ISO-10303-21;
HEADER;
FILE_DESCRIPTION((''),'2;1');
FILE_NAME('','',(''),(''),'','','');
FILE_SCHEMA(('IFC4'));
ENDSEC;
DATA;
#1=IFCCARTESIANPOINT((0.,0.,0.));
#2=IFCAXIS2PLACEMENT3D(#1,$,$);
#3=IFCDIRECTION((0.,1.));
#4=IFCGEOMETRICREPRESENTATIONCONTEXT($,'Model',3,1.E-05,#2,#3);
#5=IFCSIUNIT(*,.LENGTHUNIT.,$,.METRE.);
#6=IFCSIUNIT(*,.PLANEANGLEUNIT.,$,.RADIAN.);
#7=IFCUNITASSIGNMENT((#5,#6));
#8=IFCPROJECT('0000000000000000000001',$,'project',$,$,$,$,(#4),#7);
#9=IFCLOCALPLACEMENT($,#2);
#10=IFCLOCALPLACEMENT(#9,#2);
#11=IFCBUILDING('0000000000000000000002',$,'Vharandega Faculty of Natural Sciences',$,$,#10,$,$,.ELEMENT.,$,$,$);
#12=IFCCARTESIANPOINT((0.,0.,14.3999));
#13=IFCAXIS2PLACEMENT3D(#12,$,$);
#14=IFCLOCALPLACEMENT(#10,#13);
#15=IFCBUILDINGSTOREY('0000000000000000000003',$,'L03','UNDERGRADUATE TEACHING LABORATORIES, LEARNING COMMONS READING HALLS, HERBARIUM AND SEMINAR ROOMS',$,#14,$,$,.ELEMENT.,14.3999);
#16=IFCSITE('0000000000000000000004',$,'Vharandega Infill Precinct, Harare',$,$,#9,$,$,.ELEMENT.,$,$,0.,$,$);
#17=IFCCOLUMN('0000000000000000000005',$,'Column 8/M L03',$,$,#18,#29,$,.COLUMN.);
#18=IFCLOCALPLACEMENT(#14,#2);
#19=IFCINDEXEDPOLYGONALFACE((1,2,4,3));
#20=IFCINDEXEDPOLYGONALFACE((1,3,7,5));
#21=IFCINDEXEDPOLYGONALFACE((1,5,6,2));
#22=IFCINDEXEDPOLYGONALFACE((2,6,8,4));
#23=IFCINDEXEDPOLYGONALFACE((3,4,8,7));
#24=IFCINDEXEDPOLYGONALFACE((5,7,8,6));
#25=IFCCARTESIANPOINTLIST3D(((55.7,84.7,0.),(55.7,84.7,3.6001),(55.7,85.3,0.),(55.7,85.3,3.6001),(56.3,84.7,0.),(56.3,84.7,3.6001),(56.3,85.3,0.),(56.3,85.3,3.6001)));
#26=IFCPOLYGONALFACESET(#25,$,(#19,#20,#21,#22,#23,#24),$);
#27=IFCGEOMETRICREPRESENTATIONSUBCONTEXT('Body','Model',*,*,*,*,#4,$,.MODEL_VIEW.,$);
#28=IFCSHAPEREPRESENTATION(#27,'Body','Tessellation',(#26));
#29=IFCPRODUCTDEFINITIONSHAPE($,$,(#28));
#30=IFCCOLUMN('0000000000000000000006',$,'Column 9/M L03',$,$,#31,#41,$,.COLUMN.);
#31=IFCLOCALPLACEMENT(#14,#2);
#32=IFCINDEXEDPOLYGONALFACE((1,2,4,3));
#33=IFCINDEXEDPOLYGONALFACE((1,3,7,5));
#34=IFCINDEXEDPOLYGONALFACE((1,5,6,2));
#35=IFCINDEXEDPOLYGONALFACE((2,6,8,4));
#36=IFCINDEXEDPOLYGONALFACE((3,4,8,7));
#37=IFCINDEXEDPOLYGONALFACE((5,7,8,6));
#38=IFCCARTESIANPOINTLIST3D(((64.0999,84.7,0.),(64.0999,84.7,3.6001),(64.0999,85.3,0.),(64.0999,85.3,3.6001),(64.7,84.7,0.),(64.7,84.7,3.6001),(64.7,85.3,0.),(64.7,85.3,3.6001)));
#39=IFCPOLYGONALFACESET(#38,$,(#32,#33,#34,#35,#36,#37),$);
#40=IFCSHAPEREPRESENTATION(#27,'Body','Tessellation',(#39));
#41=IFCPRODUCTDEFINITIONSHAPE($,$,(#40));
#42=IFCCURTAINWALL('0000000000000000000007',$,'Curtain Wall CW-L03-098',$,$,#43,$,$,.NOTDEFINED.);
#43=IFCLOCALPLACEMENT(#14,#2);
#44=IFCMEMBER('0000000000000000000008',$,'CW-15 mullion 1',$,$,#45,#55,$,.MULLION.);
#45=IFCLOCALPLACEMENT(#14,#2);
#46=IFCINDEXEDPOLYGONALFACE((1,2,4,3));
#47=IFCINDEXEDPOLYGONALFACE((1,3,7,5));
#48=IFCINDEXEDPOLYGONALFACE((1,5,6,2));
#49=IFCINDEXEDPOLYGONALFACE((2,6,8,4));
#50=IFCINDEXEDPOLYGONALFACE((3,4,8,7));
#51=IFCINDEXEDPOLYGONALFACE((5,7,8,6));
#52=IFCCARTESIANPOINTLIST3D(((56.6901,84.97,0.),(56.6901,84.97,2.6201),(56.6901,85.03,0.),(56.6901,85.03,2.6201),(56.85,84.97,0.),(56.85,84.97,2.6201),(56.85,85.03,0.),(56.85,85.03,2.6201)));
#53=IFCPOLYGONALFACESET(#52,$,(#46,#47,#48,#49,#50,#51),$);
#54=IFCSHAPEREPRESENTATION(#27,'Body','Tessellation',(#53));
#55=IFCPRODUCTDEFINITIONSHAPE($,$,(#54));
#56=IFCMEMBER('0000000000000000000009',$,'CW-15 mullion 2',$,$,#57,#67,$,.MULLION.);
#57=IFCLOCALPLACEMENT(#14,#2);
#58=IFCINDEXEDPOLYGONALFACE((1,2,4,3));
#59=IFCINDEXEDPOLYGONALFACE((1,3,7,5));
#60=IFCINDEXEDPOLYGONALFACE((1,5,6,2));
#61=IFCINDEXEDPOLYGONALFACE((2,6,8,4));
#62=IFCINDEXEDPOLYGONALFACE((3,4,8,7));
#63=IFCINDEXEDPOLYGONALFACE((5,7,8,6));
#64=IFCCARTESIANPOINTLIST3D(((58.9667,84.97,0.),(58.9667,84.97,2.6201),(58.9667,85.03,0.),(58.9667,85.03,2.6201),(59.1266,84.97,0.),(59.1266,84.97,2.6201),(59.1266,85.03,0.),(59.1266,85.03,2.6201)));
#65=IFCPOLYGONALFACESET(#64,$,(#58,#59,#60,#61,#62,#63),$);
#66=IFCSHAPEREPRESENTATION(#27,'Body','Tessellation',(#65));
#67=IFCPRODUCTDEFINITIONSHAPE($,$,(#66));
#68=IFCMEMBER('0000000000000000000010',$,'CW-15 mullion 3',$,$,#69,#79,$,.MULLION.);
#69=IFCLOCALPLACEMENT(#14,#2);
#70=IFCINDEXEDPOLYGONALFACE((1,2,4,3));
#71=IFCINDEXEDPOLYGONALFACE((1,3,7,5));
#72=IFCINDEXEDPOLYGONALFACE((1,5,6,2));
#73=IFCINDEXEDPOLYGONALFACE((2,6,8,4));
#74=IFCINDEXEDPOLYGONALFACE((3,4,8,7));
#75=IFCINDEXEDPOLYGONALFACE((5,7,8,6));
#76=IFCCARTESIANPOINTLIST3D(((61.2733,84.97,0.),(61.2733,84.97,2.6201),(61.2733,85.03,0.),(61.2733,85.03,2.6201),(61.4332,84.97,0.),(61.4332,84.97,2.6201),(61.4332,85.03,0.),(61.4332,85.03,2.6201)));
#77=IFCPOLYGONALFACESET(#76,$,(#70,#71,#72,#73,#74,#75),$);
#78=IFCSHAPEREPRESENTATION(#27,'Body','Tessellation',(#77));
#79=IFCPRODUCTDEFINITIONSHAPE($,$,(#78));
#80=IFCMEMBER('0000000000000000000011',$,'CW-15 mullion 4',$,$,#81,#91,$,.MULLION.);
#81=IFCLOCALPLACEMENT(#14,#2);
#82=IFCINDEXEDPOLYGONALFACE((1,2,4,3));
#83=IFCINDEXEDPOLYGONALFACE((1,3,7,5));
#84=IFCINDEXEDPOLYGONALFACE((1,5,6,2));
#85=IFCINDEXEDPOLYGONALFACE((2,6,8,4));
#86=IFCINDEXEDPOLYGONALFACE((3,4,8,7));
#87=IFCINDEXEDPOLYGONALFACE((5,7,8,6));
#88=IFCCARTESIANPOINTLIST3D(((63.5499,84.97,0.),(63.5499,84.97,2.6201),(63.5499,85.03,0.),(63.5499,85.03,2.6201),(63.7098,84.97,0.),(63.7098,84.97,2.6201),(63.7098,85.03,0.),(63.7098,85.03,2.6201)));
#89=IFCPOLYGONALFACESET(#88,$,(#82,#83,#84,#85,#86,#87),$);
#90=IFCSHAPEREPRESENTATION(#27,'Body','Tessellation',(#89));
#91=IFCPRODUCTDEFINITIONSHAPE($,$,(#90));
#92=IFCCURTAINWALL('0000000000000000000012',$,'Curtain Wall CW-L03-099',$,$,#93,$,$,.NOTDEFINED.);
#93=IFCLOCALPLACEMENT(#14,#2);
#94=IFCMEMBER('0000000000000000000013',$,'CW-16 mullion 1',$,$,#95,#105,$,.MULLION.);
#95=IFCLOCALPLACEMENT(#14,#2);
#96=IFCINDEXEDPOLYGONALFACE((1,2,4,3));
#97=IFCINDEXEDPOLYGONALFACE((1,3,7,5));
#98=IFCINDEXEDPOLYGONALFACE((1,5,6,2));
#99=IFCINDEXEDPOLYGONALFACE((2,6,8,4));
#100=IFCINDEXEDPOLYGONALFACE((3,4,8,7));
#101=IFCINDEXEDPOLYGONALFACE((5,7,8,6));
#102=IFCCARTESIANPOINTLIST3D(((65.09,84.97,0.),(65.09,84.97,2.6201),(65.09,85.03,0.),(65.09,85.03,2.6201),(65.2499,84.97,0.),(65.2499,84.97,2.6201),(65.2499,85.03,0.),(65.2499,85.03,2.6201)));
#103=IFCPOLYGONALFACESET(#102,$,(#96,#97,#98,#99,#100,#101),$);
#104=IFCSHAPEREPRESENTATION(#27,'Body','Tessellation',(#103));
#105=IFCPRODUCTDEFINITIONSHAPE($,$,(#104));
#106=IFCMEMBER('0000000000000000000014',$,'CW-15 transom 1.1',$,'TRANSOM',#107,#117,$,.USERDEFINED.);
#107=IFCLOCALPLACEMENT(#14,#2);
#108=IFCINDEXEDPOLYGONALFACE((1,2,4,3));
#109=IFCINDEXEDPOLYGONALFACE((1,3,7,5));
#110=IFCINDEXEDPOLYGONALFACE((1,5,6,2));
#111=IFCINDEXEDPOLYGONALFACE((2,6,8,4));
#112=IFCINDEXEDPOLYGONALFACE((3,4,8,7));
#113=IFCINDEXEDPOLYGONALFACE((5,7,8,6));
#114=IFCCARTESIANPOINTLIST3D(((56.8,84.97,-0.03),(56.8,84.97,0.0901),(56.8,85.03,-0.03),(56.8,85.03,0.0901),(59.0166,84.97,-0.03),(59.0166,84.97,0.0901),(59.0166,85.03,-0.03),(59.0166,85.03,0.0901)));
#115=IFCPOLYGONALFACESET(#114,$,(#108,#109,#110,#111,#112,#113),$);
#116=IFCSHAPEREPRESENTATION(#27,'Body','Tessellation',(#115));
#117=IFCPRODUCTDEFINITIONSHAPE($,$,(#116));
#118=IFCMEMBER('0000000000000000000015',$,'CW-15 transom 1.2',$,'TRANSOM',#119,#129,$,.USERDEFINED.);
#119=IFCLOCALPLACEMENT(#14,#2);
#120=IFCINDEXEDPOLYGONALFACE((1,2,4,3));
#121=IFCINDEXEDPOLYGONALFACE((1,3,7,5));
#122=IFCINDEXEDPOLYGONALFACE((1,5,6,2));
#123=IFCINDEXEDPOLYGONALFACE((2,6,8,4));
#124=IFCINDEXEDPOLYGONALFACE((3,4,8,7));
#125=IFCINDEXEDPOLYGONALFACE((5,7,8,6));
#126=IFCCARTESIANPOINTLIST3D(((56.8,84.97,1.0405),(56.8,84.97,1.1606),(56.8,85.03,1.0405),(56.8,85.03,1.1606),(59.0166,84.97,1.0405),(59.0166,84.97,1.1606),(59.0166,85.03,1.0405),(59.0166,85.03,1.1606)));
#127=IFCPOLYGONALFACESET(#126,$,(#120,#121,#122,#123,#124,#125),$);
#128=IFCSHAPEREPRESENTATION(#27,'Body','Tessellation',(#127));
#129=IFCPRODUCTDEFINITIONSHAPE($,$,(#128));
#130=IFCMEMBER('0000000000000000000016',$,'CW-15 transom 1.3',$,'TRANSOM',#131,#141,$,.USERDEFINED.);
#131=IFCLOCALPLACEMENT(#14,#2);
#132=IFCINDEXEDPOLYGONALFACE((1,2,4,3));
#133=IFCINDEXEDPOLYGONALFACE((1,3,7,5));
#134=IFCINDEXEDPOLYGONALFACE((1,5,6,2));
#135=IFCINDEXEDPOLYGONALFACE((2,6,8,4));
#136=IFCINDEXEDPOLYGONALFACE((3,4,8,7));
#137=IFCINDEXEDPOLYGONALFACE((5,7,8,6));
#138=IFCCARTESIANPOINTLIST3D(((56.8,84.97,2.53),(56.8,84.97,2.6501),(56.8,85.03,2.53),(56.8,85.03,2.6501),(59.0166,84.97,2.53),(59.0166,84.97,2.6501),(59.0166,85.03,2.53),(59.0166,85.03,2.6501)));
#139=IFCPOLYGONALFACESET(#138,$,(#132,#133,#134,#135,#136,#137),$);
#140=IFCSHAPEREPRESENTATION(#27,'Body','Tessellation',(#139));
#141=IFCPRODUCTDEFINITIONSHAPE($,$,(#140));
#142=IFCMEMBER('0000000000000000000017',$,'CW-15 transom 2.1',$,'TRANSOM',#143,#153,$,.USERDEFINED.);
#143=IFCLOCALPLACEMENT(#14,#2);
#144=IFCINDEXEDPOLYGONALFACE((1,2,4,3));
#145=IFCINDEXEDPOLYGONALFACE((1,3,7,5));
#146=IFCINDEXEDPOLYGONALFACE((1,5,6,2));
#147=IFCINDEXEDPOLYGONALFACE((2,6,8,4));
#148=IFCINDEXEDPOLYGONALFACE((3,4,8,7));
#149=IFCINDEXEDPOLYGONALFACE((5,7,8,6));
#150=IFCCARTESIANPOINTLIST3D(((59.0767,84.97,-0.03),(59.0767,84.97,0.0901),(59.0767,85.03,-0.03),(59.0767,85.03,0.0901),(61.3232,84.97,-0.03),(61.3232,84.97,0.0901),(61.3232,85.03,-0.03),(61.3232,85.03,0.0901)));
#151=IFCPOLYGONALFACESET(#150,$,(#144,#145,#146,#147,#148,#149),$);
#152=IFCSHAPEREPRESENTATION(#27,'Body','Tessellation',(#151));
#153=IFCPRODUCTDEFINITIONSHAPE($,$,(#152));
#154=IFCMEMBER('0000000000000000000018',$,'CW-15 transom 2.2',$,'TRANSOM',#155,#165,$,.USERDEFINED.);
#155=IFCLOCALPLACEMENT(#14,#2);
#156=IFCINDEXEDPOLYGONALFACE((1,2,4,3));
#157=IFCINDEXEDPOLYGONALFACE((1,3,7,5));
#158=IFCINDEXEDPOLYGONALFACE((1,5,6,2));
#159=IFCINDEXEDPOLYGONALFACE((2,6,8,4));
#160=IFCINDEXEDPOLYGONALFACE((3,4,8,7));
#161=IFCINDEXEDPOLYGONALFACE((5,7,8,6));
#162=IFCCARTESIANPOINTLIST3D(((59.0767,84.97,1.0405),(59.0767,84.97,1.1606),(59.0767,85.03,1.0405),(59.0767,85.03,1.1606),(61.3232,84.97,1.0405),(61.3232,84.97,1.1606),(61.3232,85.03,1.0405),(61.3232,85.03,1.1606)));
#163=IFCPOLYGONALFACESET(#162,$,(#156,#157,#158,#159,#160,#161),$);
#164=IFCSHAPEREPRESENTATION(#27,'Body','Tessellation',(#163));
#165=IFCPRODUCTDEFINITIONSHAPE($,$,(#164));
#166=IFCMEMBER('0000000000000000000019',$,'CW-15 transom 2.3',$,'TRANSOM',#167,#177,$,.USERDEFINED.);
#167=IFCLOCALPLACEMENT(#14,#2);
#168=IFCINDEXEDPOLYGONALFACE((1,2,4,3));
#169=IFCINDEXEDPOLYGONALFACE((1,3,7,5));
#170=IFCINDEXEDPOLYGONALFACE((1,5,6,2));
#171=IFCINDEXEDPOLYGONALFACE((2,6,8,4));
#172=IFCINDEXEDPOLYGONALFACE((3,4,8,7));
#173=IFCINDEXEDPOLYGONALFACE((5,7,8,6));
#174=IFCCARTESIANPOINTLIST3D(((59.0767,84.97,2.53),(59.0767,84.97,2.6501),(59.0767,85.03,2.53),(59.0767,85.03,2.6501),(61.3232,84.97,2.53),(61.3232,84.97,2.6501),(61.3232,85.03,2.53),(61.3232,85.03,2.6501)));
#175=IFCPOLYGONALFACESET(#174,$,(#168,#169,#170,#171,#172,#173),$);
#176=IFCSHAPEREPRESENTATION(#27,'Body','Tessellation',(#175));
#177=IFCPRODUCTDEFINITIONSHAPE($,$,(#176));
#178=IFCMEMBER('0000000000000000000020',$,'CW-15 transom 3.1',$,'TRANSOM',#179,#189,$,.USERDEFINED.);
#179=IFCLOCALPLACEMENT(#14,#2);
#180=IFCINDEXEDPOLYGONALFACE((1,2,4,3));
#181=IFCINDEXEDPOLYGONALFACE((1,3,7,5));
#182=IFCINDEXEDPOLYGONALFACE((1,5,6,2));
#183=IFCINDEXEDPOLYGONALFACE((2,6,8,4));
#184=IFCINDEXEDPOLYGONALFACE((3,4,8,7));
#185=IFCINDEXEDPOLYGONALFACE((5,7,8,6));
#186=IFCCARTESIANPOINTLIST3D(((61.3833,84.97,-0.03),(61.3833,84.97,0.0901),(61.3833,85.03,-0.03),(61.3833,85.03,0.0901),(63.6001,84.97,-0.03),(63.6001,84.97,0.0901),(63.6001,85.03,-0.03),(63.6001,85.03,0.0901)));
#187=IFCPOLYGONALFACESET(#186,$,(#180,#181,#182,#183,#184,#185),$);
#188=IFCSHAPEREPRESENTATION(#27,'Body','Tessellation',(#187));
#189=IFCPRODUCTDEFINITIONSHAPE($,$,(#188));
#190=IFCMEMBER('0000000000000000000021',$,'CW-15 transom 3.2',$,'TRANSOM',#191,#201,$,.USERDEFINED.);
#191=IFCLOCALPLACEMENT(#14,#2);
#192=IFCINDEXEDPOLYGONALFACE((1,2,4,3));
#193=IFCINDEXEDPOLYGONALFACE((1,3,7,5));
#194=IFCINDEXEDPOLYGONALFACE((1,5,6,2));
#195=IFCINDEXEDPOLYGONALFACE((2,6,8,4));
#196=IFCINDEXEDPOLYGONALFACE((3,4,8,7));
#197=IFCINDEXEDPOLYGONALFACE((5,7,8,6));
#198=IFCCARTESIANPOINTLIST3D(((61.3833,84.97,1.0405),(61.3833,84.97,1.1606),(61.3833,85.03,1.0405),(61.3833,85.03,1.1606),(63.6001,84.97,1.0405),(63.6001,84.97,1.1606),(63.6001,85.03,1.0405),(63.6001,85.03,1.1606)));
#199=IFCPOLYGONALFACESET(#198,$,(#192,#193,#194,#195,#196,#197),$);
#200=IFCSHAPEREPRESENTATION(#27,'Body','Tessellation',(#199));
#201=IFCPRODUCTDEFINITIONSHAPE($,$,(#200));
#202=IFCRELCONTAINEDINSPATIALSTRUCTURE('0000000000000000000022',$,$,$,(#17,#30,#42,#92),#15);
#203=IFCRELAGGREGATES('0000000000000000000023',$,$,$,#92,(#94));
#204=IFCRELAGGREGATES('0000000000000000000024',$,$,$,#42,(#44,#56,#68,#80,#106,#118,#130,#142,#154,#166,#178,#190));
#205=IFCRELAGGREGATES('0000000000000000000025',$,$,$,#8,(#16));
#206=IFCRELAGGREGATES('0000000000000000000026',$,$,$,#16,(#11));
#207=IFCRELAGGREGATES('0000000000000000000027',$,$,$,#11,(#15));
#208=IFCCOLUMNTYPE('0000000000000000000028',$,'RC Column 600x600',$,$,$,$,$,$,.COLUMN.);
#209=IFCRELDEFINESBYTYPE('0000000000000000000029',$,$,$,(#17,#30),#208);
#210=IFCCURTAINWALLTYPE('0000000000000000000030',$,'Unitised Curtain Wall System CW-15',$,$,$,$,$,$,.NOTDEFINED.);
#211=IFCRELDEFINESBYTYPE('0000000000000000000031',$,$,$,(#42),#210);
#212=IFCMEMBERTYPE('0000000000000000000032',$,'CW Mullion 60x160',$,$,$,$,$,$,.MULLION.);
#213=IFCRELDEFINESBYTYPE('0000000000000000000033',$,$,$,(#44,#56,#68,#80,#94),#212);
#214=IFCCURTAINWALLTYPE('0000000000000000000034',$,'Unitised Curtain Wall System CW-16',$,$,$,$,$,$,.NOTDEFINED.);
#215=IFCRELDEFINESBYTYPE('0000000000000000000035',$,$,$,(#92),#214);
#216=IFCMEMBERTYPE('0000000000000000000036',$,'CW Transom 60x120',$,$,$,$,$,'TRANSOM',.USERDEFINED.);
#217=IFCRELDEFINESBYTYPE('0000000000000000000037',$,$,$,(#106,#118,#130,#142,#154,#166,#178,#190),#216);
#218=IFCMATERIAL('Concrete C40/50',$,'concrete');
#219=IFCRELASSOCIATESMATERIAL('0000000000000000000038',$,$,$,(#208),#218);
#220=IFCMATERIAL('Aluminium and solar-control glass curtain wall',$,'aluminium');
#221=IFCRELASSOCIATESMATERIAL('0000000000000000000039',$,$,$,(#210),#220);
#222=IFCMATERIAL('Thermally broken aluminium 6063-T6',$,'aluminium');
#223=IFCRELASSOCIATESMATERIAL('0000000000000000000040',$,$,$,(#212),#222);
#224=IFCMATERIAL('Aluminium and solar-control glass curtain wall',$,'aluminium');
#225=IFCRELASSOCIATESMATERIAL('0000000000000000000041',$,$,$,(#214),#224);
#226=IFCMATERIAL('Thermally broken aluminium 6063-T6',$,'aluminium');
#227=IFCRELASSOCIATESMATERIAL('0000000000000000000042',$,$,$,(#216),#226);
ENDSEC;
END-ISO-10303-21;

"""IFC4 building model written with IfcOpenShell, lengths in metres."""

from ifc_helpers import new_model, si_unit, direction, frame, origin, origin_2d, place, context, subcontext, project, spatial, rectangle, extrude, material, material_profile, profile_set, type_object, element, aggregate, save


model = new_model("IFC4")

# Units and contexts
model_context = context("Model", 3, precision=1e-05, world=origin(), true_north=direction((0.0, 1.0)))
body_context = subcontext(model_context, "Body", "Model", "MODEL_VIEW")
ifc_project = project(units=[si_unit("LENGTHUNIT", "METRE"), si_unit("PLANEANGLEUNIT", "RADIAN")], contexts=[model_context])

# Site, building, storey
site_placement = place(None, origin())
site = spatial("IfcSite", under=ifc_project, at=site_placement, Name="Vharandega Infill Precinct, Harare", CompositionType="ELEMENT", RefElevation=0.0)
building_placement = place(site_placement, origin())
building = spatial("IfcBuilding", under=site, at=building_placement, Name="Vharandega Faculty of Natural Sciences", CompositionType="ELEMENT")
storey_placement = place(building_placement, frame((0.0, 0.0, 14.3999)))
storey = spatial("IfcBuildingStorey", under=building, at=storey_placement, Name="L03", Description="UNDERGRADUATE TEACHING LABORATORIES, LEARNING COMMONS READING HALLS, HERBARIUM AND SEMINAR ROOMS", CompositionType="ELEMENT", Elevation=14.3999)

# Columns
ifc_material_1 = material(Name="Concrete C40/50", Category="concrete")
ifc_material_profile_1 = material_profile(ifc_material_1, rectangle(XDim=0.6001, YDim=0.6001, at=origin_2d()), Name="RC 600x600")
ifc_profile_set_1 = profile_set([ifc_material_profile_1], Name="Concrete C40/50")
column_type = type_object("IfcColumnType", Name="RC Column 600x600", PredefinedType="COLUMN", material=ifc_profile_set_1)
for number, where, z_axis, x_axis, name in (
    (1, (56.0, 85.0, 0.0), (0.0, 0.0, 1.0), (1.0, 0.0, 0.0), "Column 8/M L03"),
    (2, (64.3999, 85.0, 0.0), (0.0, 0.0, 1.0), (1.0, 0.0, 0.0), "Column 9/M L03"),
):
    element("IfcColumn", number, at=place(storey_placement, frame(where, z_axis=z_axis, x_axis=x_axis)), inside=storey, type_object=column_type, Name=name, PredefinedType="COLUMN", context=body_context, shape_type="SweptSolid", body=[
        extrude(rectangle(XDim=0.6001, YDim=0.6001, at=origin_2d()), origin(), (0.0, 0.0, 1.0), 3.6001),
    ])

# Curtain wall, members
ifc_material_2 = material(Name="Aluminium and solar-control glass curtain wall", Category="aluminium")
curtain_wall_type_1 = type_object("IfcCurtainWallType", Name="Unitised Curtain Wall System CW-15", PredefinedType="NOTDEFINED", material=ifc_material_2)
curtain_wall_1_placement = place(storey_placement, origin())
curtain_wall_1 = element("IfcCurtainWall", 3, at=curtain_wall_1_placement, inside=storey, type_object=curtain_wall_type_1, Name="Curtain Wall CW-L03-098", PredefinedType="NOTDEFINED")
ifc_material_3 = material(Name="Thermally broken aluminium 6063-T6", Category="aluminium")
ifc_material_profile_2 = material_profile(ifc_material_3, rectangle(XDim=0.0601, YDim=0.1599, at=origin_2d()), Name="ALU 60x160")
ifc_profile_set_2 = profile_set([ifc_material_profile_2], Name="Thermally broken aluminium 6063-T6")
member_type_1 = type_object("IfcMemberType", Name="CW Mullion 60x160", PredefinedType="MULLION", material=ifc_profile_set_2)
member_1_placement = place(storey_placement, frame((56.77, 85.0, 0.0), z_axis=(0.0, 0.0, 1.0), x_axis=(0.0, 1.0, 0.0)))
member_1 = element("IfcMember", 4, at=member_1_placement, type_object=member_type_1, Name="CW-15 mullion 1", PredefinedType="MULLION", context=body_context, shape_type="SweptSolid", body=[
    extrude(rectangle(XDim=0.0601, YDim=0.1599, at=origin_2d()), origin(), (0.0, 0.0, 1.0), 2.6201),
])
member_2_placement = place(storey_placement, frame((59.0466, 85.0, 0.0), z_axis=(0.0, 0.0, 1.0), x_axis=(0.0, 1.0, 0.0)))
member_2 = element("IfcMember", 5, at=member_2_placement, type_object=member_type_1, Name="CW-15 mullion 2", PredefinedType="MULLION", context=body_context, shape_type="SweptSolid", body=[
    extrude(rectangle(XDim=0.0601, YDim=0.1599, at=origin_2d()), origin(), (0.0, 0.0, 1.0), 2.6201),
])
member_3_placement = place(storey_placement, frame((61.3533, 85.0, 0.0), z_axis=(0.0, 0.0, 1.0), x_axis=(0.0, 1.0, 0.0)))
member_3 = element("IfcMember", 6, at=member_3_placement, type_object=member_type_1, Name="CW-15 mullion 3", PredefinedType="MULLION", context=body_context, shape_type="SweptSolid", body=[
    extrude(rectangle(XDim=0.0601, YDim=0.1599, at=origin_2d()), origin(), (0.0, 0.0, 1.0), 2.6201),
])
member_4_placement = place(storey_placement, frame((63.6299, 85.0, 0.0), z_axis=(0.0, 0.0, 1.0), x_axis=(0.0, 1.0, 0.0)))
member_4 = element("IfcMember", 7, at=member_4_placement, type_object=member_type_1, Name="CW-15 mullion 4", PredefinedType="MULLION", context=body_context, shape_type="SweptSolid", body=[
    extrude(rectangle(XDim=0.0601, YDim=0.1599, at=origin_2d()), origin(), (0.0, 0.0, 1.0), 2.6201),
])

# Curtain wall, member
ifc_material_4 = material(Name="Aluminium and solar-control glass curtain wall", Category="aluminium")
curtain_wall_type_2 = type_object("IfcCurtainWallType", Name="Unitised Curtain Wall System CW-16", PredefinedType="NOTDEFINED", material=ifc_material_4)
curtain_wall_2_placement = place(storey_placement, origin())
curtain_wall_2 = element("IfcCurtainWall", 8, at=curtain_wall_2_placement, inside=storey, type_object=curtain_wall_type_2, Name="Curtain Wall CW-L03-099", PredefinedType="NOTDEFINED")
member_5_placement = place(storey_placement, frame((65.1699, 85.0, 0.0), z_axis=(0.0, 0.0, 1.0), x_axis=(0.0, 1.0, 0.0)))
member_5 = element("IfcMember", 9, at=member_5_placement, type_object=member_type_1, Name="CW-16 mullion 1", PredefinedType="MULLION", context=body_context, shape_type="SweptSolid", body=[
    extrude(rectangle(XDim=0.0601, YDim=0.1599, at=origin_2d()), origin(), (0.0, 0.0, 1.0), 2.6201),
])
aggregate(curtain_wall_2, [member_5])

# Members
ifc_material_5 = material(Name="Thermally broken aluminium 6063-T6", Category="aluminium")
ifc_material_profile_3 = material_profile(ifc_material_5, rectangle(XDim=0.0601, YDim=0.1201, at=origin_2d()), Name="ALU 60x120")
ifc_profile_set_3 = profile_set([ifc_material_profile_3], Name="Thermally broken aluminium 6063-T6")
member_type_2 = type_object("IfcMemberType", Name="CW Transom 60x120", ElementType="TRANSOM", PredefinedType="USERDEFINED", material=ifc_profile_set_3)
member_6_placement = place(storey_placement, frame((56.8, 85.0, 0.03), z_axis=(1.0, 0.0, 0.0), x_axis=(0.0, 1.0, 0.0)))
member_6 = element("IfcMember", 10, at=member_6_placement, type_object=member_type_2, Name="CW-15 transom 1.1", ObjectType="TRANSOM", PredefinedType="USERDEFINED", context=body_context, shape_type="SweptSolid", body=[
    extrude(rectangle(XDim=0.0601, YDim=0.1201, at=origin_2d()), origin(), (0.0, 0.0, 1.0), 2.2166),
])
member_7_placement = place(storey_placement, frame((56.8, 85.0, 1.1006), z_axis=(1.0, 0.0, 0.0), x_axis=(0.0, 1.0, 0.0)))
member_7 = element("IfcMember", 11, at=member_7_placement, type_object=member_type_2, Name="CW-15 transom 1.2", ObjectType="TRANSOM", PredefinedType="USERDEFINED", context=body_context, shape_type="SweptSolid", body=[
    extrude(rectangle(XDim=0.0601, YDim=0.1201, at=origin_2d()), origin(), (0.0, 0.0, 1.0), 2.2166),
])
member_8_placement = place(storey_placement, frame((56.8, 85.0, 2.5901), z_axis=(1.0, 0.0, 0.0), x_axis=(0.0, 1.0, 0.0)))
member_8 = element("IfcMember", 12, at=member_8_placement, type_object=member_type_2, Name="CW-15 transom 1.3", ObjectType="TRANSOM", PredefinedType="USERDEFINED", context=body_context, shape_type="SweptSolid", body=[
    extrude(rectangle(XDim=0.0601, YDim=0.1201, at=origin_2d()), origin(), (0.0, 0.0, 1.0), 2.2166),
])
member_9_placement = place(storey_placement, frame((59.0767, 85.0, 0.03), z_axis=(1.0, 0.0, 0.0), x_axis=(0.0, 1.0, 0.0)))
member_9 = element("IfcMember", 13, at=member_9_placement, type_object=member_type_2, Name="CW-15 transom 2.1", ObjectType="TRANSOM", PredefinedType="USERDEFINED", context=body_context, shape_type="SweptSolid", body=[
    extrude(rectangle(XDim=0.0601, YDim=0.1201, at=origin_2d()), origin(), (0.0, 0.0, 1.0), 2.2466),
])
member_10_placement = place(storey_placement, frame((59.0767, 85.0, 1.1006), z_axis=(1.0, 0.0, 0.0), x_axis=(0.0, 1.0, 0.0)))
member_10 = element("IfcMember", 14, at=member_10_placement, type_object=member_type_2, Name="CW-15 transom 2.2", ObjectType="TRANSOM", PredefinedType="USERDEFINED", context=body_context, shape_type="SweptSolid", body=[
    extrude(rectangle(XDim=0.0601, YDim=0.1201, at=origin_2d()), origin(), (0.0, 0.0, 1.0), 2.2466),
])
member_11_placement = place(storey_placement, frame((59.0767, 85.0, 2.5901), z_axis=(1.0, 0.0, 0.0), x_axis=(0.0, 1.0, 0.0)))
member_11 = element("IfcMember", 15, at=member_11_placement, type_object=member_type_2, Name="CW-15 transom 2.3", ObjectType="TRANSOM", PredefinedType="USERDEFINED", context=body_context, shape_type="SweptSolid", body=[
    extrude(rectangle(XDim=0.0601, YDim=0.1201, at=origin_2d()), origin(), (0.0, 0.0, 1.0), 2.2466),
])
member_12_placement = place(storey_placement, frame((61.3833, 85.0, 0.03), z_axis=(1.0, 0.0, 0.0), x_axis=(0.0, 1.0, 0.0)))
member_12 = element("IfcMember", 16, at=member_12_placement, type_object=member_type_2, Name="CW-15 transom 3.1", ObjectType="TRANSOM", PredefinedType="USERDEFINED", context=body_context, shape_type="SweptSolid", body=[
    extrude(rectangle(XDim=0.0601, YDim=0.1201, at=origin_2d()), origin(), (0.0, 0.0, 1.0), 2.2168),
])
member_13_placement = place(storey_placement, frame((61.3833, 85.0, 1.1006), z_axis=(1.0, 0.0, 0.0), x_axis=(0.0, 1.0, 0.0)))
member_13 = element("IfcMember", 17, at=member_13_placement, type_object=member_type_2, Name="CW-15 transom 3.2", ObjectType="TRANSOM", PredefinedType="USERDEFINED", context=body_context, shape_type="SweptSolid", body=[
    extrude(rectangle(XDim=0.0601, YDim=0.1201, at=origin_2d()), origin(), (0.0, 0.0, 1.0), 2.2168),
])

aggregate(curtain_wall_1, [member_1, member_2, member_3, member_4, member_6, member_7, member_8, member_9, member_10, member_11, member_12, member_13])

save(model, "model.ifc")
